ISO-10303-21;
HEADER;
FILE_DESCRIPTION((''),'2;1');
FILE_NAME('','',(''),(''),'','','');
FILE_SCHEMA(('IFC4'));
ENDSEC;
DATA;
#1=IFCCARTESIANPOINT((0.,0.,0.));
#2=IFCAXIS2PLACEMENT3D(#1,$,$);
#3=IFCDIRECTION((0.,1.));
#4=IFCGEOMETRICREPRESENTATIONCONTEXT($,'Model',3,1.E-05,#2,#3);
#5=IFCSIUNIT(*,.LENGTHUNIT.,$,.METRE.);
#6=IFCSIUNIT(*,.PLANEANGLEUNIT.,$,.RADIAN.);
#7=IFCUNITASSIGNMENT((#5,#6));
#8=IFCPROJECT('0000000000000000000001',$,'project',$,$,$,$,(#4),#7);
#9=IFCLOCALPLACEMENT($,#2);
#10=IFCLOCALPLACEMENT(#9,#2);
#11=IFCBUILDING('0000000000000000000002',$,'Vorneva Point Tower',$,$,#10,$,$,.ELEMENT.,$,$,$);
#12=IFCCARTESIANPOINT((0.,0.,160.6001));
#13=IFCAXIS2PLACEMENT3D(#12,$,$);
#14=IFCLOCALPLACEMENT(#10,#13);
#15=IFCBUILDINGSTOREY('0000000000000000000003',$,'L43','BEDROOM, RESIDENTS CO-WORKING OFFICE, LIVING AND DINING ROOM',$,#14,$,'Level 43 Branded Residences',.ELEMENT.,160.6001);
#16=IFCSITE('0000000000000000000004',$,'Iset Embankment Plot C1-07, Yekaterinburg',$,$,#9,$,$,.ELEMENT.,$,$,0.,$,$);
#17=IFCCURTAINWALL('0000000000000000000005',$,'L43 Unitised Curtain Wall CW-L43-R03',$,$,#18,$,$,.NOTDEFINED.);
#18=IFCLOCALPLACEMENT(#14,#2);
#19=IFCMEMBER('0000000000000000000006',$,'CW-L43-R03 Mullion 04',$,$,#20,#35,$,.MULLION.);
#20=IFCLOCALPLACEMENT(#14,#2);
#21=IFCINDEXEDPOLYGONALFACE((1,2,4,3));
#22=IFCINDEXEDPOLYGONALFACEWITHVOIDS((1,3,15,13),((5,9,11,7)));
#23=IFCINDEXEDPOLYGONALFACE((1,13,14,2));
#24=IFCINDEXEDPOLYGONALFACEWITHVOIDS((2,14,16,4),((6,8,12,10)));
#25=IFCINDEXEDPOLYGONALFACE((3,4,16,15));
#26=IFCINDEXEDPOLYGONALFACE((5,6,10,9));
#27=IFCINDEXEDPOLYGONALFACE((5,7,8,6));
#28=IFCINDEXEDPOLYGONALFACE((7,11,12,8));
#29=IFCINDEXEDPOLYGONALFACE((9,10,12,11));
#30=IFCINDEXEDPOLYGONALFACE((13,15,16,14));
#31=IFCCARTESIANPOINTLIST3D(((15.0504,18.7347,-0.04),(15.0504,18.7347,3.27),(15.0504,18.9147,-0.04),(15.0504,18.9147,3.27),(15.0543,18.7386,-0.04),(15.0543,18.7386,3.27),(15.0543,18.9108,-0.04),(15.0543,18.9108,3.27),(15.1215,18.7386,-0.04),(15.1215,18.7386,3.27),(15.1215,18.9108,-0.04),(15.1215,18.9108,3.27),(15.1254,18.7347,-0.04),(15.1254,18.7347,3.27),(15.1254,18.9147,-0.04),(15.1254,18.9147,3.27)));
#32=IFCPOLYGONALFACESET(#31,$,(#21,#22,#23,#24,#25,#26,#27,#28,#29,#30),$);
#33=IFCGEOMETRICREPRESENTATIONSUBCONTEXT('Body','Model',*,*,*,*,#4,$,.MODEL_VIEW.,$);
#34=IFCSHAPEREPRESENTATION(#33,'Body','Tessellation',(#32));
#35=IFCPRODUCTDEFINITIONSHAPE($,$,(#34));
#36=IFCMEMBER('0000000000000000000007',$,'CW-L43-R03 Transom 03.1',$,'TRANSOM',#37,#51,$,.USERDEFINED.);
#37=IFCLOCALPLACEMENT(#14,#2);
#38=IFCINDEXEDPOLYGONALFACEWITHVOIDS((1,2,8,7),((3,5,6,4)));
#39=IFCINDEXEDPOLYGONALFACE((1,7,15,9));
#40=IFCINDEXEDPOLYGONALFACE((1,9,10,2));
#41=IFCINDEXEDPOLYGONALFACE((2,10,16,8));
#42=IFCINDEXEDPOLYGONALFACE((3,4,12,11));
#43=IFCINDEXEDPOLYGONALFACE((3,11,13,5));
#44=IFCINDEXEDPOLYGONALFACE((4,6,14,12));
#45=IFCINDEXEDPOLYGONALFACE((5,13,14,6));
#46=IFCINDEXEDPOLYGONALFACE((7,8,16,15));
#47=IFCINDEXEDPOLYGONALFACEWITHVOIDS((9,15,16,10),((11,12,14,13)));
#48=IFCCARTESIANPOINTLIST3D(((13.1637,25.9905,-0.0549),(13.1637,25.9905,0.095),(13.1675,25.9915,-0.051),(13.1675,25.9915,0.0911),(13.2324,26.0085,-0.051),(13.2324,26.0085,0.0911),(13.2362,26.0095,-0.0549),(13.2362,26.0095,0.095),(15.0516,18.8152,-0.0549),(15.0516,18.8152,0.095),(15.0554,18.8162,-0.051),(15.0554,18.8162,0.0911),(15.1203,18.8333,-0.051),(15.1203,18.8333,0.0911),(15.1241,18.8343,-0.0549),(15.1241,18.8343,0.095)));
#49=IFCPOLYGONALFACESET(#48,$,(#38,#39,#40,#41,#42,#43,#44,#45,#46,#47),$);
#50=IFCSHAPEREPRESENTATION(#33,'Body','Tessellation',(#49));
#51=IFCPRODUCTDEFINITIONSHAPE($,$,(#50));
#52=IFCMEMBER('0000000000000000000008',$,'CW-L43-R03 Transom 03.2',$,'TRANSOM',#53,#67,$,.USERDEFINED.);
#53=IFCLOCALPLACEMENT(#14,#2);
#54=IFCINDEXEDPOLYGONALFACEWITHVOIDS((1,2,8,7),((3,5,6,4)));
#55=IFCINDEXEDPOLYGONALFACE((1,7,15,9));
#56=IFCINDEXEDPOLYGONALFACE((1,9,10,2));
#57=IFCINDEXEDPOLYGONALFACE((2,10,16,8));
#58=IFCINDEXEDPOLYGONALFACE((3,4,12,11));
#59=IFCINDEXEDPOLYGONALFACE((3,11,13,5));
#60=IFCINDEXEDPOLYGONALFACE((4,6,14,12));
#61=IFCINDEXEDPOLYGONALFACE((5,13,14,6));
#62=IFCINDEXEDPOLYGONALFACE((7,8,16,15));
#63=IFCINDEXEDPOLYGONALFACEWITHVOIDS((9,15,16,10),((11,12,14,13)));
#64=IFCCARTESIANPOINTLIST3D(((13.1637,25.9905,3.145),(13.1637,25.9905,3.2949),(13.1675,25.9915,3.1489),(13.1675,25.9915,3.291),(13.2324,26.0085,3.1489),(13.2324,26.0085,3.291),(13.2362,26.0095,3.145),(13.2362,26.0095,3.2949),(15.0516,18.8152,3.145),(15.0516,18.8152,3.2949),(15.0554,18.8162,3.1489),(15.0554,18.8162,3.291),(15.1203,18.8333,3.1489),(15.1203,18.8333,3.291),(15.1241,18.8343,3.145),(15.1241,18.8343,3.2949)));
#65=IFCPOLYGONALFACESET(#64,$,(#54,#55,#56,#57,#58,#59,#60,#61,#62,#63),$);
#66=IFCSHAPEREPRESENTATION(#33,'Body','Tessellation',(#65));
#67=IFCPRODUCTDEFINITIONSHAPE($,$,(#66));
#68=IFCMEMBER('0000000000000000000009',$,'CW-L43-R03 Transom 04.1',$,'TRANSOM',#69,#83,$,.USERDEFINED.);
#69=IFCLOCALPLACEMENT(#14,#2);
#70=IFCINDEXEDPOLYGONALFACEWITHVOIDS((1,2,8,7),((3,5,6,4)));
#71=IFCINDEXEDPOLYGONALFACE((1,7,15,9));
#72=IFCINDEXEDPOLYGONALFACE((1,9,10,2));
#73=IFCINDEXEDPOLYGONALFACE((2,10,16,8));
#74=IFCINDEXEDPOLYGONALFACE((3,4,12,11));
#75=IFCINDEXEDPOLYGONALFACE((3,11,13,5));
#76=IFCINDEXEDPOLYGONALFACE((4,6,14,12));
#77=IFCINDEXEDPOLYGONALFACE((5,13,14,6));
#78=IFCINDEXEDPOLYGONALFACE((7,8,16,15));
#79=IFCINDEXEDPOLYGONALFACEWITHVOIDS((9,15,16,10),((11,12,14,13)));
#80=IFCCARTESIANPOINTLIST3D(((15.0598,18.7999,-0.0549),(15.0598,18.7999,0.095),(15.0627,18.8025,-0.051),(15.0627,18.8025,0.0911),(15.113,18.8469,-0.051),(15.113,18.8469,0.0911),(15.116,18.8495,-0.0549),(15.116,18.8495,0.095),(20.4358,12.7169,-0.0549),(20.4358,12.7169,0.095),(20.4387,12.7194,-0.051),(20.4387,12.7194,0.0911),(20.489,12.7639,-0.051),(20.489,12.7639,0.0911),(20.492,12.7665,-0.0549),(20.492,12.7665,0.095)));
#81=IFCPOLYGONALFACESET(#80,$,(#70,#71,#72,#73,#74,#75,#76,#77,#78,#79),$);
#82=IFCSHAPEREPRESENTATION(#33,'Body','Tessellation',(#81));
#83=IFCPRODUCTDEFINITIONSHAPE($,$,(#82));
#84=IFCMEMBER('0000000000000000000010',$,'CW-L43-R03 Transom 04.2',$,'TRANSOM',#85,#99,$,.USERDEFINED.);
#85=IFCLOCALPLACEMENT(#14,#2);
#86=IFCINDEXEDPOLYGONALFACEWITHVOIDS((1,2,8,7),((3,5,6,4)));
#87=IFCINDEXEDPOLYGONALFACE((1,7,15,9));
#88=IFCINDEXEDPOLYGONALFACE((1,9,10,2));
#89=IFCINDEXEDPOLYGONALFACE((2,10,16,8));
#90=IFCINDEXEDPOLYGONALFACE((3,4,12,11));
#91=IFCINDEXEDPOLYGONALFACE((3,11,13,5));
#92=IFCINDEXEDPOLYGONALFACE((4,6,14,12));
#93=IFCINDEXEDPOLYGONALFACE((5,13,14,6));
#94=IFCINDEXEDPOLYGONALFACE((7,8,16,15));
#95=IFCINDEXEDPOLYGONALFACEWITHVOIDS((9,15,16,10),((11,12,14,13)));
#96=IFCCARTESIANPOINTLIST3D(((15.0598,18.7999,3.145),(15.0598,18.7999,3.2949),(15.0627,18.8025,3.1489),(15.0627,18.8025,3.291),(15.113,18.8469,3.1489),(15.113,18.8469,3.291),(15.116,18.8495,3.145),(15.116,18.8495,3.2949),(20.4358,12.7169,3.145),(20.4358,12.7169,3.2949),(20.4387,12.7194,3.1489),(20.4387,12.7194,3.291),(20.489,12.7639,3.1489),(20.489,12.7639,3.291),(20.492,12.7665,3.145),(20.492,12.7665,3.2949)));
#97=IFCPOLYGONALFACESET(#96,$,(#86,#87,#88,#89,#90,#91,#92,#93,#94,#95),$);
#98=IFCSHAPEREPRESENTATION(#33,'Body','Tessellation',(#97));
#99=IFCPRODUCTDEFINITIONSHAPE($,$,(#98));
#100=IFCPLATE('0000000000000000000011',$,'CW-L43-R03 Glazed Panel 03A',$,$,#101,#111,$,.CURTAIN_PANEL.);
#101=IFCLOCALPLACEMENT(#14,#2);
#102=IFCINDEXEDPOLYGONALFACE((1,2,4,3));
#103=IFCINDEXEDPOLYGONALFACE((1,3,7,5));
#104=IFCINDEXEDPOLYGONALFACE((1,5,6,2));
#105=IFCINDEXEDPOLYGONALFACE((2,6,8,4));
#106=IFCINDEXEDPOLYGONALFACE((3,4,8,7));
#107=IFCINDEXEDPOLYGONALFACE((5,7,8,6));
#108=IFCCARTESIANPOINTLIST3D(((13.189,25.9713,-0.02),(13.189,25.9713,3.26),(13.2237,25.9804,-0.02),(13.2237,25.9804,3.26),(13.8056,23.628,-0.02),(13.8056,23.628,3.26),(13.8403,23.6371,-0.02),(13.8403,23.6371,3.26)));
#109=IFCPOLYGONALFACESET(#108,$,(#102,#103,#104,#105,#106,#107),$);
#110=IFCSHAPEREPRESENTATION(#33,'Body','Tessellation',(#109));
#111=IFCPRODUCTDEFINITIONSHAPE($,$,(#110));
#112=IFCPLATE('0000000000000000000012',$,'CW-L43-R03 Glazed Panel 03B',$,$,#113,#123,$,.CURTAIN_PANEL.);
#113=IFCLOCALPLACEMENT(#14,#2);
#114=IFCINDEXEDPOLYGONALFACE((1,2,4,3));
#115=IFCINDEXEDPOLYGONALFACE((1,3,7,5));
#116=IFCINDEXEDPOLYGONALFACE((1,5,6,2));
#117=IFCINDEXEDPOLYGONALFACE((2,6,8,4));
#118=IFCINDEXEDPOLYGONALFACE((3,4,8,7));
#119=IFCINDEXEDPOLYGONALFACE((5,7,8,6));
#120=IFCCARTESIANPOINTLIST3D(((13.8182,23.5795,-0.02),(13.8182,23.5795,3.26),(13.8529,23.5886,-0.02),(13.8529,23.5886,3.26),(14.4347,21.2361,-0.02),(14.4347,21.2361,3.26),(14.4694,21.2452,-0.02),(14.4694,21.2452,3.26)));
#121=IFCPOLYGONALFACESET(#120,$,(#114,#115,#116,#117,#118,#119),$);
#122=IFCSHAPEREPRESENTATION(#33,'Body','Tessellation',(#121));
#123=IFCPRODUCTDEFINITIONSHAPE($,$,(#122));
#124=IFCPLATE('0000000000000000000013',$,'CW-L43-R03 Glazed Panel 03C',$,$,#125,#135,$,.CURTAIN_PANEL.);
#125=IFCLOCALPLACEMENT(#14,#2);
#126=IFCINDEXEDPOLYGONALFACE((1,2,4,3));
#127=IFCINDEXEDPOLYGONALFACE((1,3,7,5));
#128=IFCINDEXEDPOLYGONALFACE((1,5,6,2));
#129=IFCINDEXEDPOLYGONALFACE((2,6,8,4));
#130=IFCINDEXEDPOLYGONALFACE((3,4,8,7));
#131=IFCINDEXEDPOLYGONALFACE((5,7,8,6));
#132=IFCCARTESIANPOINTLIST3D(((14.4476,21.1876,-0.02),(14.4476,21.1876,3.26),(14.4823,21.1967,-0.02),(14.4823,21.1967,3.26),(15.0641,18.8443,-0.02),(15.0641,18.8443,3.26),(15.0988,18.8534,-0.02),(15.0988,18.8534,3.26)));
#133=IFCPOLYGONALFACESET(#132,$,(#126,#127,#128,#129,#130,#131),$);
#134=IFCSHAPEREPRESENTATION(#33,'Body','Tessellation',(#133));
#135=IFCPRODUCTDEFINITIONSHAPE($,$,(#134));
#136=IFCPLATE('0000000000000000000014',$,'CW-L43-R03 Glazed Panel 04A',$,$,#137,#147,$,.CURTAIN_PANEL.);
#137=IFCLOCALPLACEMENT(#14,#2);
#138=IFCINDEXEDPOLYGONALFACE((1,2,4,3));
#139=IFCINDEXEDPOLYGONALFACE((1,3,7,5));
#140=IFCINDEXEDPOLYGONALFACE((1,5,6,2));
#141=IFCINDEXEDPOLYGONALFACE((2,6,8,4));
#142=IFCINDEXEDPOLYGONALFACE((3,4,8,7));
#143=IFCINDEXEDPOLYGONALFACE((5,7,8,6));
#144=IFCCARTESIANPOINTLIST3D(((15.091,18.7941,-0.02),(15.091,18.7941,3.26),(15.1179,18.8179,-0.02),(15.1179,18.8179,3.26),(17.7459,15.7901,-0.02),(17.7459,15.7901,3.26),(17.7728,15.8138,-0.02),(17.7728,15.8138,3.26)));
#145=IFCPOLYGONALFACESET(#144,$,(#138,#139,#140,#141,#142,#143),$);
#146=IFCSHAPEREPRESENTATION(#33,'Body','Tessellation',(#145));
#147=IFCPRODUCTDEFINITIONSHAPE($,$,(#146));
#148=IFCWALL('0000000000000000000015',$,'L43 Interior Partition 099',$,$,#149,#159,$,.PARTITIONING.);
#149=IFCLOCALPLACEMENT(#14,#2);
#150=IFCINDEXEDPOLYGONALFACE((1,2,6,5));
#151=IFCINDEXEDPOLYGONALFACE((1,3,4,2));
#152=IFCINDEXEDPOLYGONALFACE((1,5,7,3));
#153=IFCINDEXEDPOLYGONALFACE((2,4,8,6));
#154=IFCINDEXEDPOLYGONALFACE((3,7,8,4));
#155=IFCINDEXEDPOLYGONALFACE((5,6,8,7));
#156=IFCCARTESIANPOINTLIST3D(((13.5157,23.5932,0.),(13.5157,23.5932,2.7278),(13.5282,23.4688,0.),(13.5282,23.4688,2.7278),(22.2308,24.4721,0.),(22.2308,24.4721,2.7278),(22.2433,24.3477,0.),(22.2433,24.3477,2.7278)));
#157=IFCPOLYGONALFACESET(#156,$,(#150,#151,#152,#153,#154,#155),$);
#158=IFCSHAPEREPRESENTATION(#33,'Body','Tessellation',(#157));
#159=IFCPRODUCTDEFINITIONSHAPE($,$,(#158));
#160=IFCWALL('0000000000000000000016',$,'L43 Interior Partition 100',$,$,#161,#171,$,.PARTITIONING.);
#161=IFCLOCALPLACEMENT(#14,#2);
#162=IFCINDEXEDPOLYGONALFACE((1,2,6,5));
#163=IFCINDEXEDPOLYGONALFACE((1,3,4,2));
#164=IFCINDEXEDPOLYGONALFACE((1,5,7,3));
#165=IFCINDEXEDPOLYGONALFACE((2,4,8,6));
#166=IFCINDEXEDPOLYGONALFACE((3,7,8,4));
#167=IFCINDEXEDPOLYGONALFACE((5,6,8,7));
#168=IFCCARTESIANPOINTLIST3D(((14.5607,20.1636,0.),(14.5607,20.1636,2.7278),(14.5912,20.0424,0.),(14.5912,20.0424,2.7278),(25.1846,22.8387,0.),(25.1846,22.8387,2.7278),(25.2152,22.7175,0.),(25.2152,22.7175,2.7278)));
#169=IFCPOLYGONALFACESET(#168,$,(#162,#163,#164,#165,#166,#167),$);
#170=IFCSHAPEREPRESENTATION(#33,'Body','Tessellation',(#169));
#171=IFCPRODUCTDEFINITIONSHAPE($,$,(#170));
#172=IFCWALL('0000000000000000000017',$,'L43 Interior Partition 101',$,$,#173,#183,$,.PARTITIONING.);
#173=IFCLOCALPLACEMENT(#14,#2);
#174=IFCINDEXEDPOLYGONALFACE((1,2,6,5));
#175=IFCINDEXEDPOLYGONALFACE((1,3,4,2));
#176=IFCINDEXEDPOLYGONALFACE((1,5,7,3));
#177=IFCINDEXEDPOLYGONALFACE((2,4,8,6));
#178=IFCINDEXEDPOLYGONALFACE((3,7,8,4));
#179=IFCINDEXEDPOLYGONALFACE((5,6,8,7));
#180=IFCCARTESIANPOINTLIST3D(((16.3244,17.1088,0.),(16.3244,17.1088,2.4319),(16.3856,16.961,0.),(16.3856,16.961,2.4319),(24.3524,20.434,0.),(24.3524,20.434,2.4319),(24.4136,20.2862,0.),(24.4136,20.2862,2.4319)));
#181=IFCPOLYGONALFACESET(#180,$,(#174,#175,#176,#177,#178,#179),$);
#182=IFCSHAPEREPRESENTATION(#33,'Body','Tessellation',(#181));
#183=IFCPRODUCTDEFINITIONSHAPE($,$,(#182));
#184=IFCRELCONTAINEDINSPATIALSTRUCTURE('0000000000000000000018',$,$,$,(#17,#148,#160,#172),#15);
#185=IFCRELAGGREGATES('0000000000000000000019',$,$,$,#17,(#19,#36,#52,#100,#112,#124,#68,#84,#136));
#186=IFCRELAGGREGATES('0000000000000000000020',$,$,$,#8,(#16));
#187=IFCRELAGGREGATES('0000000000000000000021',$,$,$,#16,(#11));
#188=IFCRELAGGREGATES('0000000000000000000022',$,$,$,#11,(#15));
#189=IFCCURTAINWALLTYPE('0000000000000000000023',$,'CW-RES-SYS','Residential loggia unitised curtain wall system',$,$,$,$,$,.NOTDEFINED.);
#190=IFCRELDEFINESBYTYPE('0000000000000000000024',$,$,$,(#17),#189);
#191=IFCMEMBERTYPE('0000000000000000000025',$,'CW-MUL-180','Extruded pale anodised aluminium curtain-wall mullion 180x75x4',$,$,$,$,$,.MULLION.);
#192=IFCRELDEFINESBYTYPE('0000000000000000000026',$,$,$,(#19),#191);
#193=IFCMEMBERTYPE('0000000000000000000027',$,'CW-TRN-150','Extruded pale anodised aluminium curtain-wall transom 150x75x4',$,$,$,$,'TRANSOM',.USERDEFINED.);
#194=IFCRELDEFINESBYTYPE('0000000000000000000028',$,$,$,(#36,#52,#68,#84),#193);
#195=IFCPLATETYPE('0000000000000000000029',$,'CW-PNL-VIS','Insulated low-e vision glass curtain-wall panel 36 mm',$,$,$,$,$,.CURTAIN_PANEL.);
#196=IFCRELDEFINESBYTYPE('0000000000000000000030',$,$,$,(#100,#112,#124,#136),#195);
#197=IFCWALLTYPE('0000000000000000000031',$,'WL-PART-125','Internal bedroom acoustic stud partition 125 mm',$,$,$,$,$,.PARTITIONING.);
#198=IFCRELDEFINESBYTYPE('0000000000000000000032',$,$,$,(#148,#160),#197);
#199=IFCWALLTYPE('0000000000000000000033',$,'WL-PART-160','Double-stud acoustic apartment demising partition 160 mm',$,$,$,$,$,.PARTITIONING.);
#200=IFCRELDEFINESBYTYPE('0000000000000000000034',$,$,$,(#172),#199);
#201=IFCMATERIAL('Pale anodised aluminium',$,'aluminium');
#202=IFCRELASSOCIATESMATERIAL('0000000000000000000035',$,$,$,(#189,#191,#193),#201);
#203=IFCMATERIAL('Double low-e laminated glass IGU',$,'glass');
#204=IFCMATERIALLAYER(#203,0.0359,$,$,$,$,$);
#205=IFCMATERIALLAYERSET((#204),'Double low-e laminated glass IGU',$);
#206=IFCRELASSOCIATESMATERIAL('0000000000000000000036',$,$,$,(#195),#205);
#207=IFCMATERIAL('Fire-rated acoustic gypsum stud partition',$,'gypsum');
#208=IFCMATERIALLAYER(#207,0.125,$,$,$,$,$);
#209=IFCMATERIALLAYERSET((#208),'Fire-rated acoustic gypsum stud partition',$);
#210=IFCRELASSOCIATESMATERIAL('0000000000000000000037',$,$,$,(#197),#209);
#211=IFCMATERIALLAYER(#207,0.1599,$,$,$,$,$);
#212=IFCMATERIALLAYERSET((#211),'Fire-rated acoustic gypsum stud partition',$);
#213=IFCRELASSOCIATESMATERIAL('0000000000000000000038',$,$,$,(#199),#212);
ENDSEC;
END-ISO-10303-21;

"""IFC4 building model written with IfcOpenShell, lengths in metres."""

from ifc_helpers import new_model, si_unit, direction, frame, frame_2d, origin, origin_2d, place, context, subcontext, project, spatial, rectangle, hollow_rectangle, extrude, material, layer, layer_set, material_profile, profile_set, type_object, element, aggregate, save


model = new_model("IFC4")

# Units and contexts
model_context = context("Model", 3, precision=1e-05, world=origin(), true_north=direction((0.0, 1.0)))
body_context = subcontext(model_context, "Body", "Model", "MODEL_VIEW")
ifc_project = project(units=[si_unit("LENGTHUNIT", "METRE"), si_unit("PLANEANGLEUNIT", "RADIAN")], contexts=[model_context])

# Site, building, storey
site_placement = place(None, origin())
site = spatial("IfcSite", under=ifc_project, at=site_placement, Name="Iset Embankment Plot C1-07, Yekaterinburg", CompositionType="ELEMENT", RefElevation=0.0)
building_placement = place(site_placement, origin())
building = spatial("IfcBuilding", under=site, at=building_placement, Name="Vorneva Point Tower", CompositionType="ELEMENT")
storey_placement = place(building_placement, frame((0.0, 0.0, 160.6001)))
storey = spatial("IfcBuildingStorey", under=building, at=storey_placement, Name="L43", Description="BEDROOM, RESIDENTS CO-WORKING OFFICE, LIVING AND DINING ROOM", LongName="Level 43 Branded Residences", CompositionType="ELEMENT", Elevation=160.6001)

# Curtain wall, members, plates
ifc_material_1 = material(Name="Pale anodised aluminium", Category="aluminium")
curtain_wall_type = type_object("IfcCurtainWallType", Name="CW-RES-SYS", Description="Residential loggia unitised curtain wall system", PredefinedType="NOTDEFINED", material=ifc_material_1)
curtain_wall_placement = place(storey_placement, origin())
curtain_wall = element("IfcCurtainWall", 1, at=curtain_wall_placement, inside=storey, type_object=curtain_wall_type, Name="L43 Unitised Curtain Wall CW-L43-R03", PredefinedType="NOTDEFINED")
ifc_material_profile_1 = material_profile(ifc_material_1, hollow_rectangle(XDim=0.075, YDim=0.1799, WallThickness=0.0039, at=origin_2d()), Name="AL-MUL 180x75x4")
ifc_profile_set_1 = profile_set([ifc_material_profile_1], Name="Pale anodised aluminium")
member_type_1 = type_object("IfcMemberType", Name="CW-MUL-180", Description="Extruded pale anodised aluminium curtain-wall mullion 180x75x4", PredefinedType="MULLION", material=ifc_profile_set_1)
member_1_placement = place(storey_placement, frame((15.0879, 18.8247, -0.04), z_axis=(0.0, 0.0, 1.0), x_axis=(1.0, 0.0, 0.0)))
member_1 = element("IfcMember", 2, at=member_1_placement, type_object=member_type_1, Name="CW-L43-R03 Mullion 04", PredefinedType="MULLION", context=body_context, shape_type="SweptSolid", body=[
    extrude(hollow_rectangle(XDim=0.075, YDim=0.1799, WallThickness=0.0039, at=origin_2d()), origin(), (0.0, 0.0, 1.0), 3.3101),
])
ifc_material_profile_2 = material_profile(ifc_material_1, hollow_rectangle(XDim=0.075, YDim=0.1499, WallThickness=0.0039, at=origin_2d()), Name="AL-TRN 150x75x4")
ifc_profile_set_2 = profile_set([ifc_material_profile_2], Name="Pale anodised aluminium")
member_type_2 = type_object("IfcMemberType", Name="CW-TRN-150", Description="Extruded pale anodised aluminium curtain-wall transom 150x75x4", ElementType="TRANSOM", PredefinedType="USERDEFINED", material=ifc_profile_set_2)
member_2_placement = place(storey_placement, frame((13.2, 26.0, 0.02), z_axis=(0.254456, -0.967084, 0.0), x_axis=(0.967084, 0.254456, 0.0)))
member_2 = element("IfcMember", 3, at=member_2_placement, type_object=member_type_2, Name="CW-L43-R03 Transom 03.1", ObjectType="TRANSOM", PredefinedType="USERDEFINED", context=body_context, shape_type="SweptSolid", body=[
    extrude(hollow_rectangle(XDim=0.075, YDim=0.1499, WallThickness=0.0039, at=origin_2d()), origin(), (0.0, 0.0, 1.0), 7.4194),
])
member_3_placement = place(storey_placement, frame((13.2, 26.0, 3.22), z_axis=(0.254456, -0.967084, 0.0), x_axis=(0.967084, 0.254456, 0.0)))
member_3 = element("IfcMember", 4, at=member_3_placement, type_object=member_type_2, Name="CW-L43-R03 Transom 03.2", ObjectType="TRANSOM", PredefinedType="USERDEFINED", context=body_context, shape_type="SweptSolid", body=[
    extrude(hollow_rectangle(XDim=0.075, YDim=0.1499, WallThickness=0.0039, at=origin_2d()), origin(), (0.0, 0.0, 1.0), 7.4194),
])
member_4_placement = place(storey_placement, frame((15.0879, 18.8247, 0.02), z_axis=(0.662218, -0.749311, 0.0), x_axis=(0.749311, 0.662218, 0.0)))
member_4 = element("IfcMember", 5, at=member_4_placement, type_object=member_type_2, Name="CW-L43-R03 Transom 04.1", ObjectType="TRANSOM", PredefinedType="USERDEFINED", context=body_context, shape_type="SweptSolid", body=[
    extrude(hollow_rectangle(XDim=0.075, YDim=0.1499, WallThickness=0.0039, at=origin_2d()), origin(), (0.0, 0.0, 1.0), 8.1182),
])
member_5_placement = place(storey_placement, frame((15.0879, 18.8247, 3.22), z_axis=(0.662218, -0.749311, 0.0), x_axis=(0.749311, 0.662218, 0.0)))
member_5 = element("IfcMember", 6, at=member_5_placement, type_object=member_type_2, Name="CW-L43-R03 Transom 04.2", ObjectType="TRANSOM", PredefinedType="USERDEFINED", context=body_context, shape_type="SweptSolid", body=[
    extrude(hollow_rectangle(XDim=0.075, YDim=0.1499, WallThickness=0.0039, at=origin_2d()), origin(), (0.0, 0.0, 1.0), 8.1182),
])
ifc_material_2 = material(Name="Double low-e laminated glass IGU", Category="glass")
ifc_layer_1 = layer(ifc_material_2, 0.0359)
ifc_layer_set_1 = layer_set([ifc_layer_1], Name="Double low-e laminated glass IGU")
plate_type = type_object("IfcPlateType", Name="CW-PNL-VIS", Description="Insulated low-e vision glass curtain-wall panel 36 mm", PredefinedType="CURTAIN_PANEL", material=ifc_layer_set_1)
plate_1_placement = place(storey_placement, frame((13.5146, 24.8042, -0.02), z_axis=(0.0, 0.0, 1.0), x_axis=(0.254433, -0.96709, 0.0)))
plate_1 = element("IfcPlate", 7, at=plate_1_placement, type_object=plate_type, Name="CW-L43-R03 Glazed Panel 03A", PredefinedType="CURTAIN_PANEL", context=body_context, shape_type="SweptSolid", body=[
    extrude(rectangle(XDim=2.4231, YDim=0.0359, at=origin_2d()), origin(), (0.0, 0.0, 1.0), 3.28),
])
plate_2_placement = place(storey_placement, frame((14.1438, 22.4124, -0.02), z_axis=(0.0, 0.0, 1.0), x_axis=(0.254433, -0.96709, 0.0)))
plate_2 = element("IfcPlate", 8, at=plate_2_placement, type_object=plate_type, Name="CW-L43-R03 Glazed Panel 03B", PredefinedType="CURTAIN_PANEL", context=body_context, shape_type="SweptSolid", body=[
    extrude(rectangle(XDim=2.4231, YDim=0.0359, at=origin_2d()), origin(), (0.0, 0.0, 1.0), 3.28),
])
plate_3_placement = place(storey_placement, frame((14.7732, 20.0205, -0.02), z_axis=(0.0, 0.0, 1.0), x_axis=(0.254433, -0.96709, 0.0)))
plate_3 = element("IfcPlate", 9, at=plate_3_placement, type_object=plate_type, Name="CW-L43-R03 Glazed Panel 03C", PredefinedType="CURTAIN_PANEL", context=body_context, shape_type="SweptSolid", body=[
    extrude(rectangle(XDim=2.4231, YDim=0.0359, at=origin_2d()), origin(), (0.0, 0.0, 1.0), 3.28),
])
plate_4_placement = place(storey_placement, frame((16.4319, 17.304, -0.02), z_axis=(0.0, 0.0, 1.0), x_axis=(0.662215, -0.749314, 0.0)))
plate_4 = element("IfcPlate", 10, at=plate_4_placement, type_object=plate_type, Name="CW-L43-R03 Glazed Panel 04A", PredefinedType="CURTAIN_PANEL", context=body_context, shape_type="SweptSolid", body=[
    extrude(rectangle(XDim=4.009, YDim=0.0359, at=origin_2d()), origin(), (0.0, 0.0, 1.0), 3.28),
])
aggregate(curtain_wall, [member_1, member_2, member_3, plate_1, plate_2, plate_3, member_4, member_5, plate_4])

# Walls
ifc_material_3 = material(Name="Fire-rated acoustic gypsum stud partition", Category="gypsum")
ifc_layer_2 = layer(ifc_material_3, 0.125)
ifc_layer_set_2 = layer_set([ifc_layer_2], Name="Fire-rated acoustic gypsum stud partition")
wall_type_1 = type_object("IfcWallType", Name="WL-PART-125", Description="Internal bedroom acoustic stud partition 125 mm", PredefinedType="PARTITIONING", material=ifc_layer_set_2)
wall_1_placement = place(storey_placement, frame((13.522, 23.531, 0.0), z_axis=(0.0, 0.0, 1.0), x_axis=(0.994953, 0.10034, 0.0)))
element("IfcWall", 11, at=wall_1_placement, inside=storey, type_object=wall_type_1, Name="L43 Interior Partition 099", PredefinedType="PARTITIONING", context=body_context, shape_type="SweptSolid", body=[
    extrude(rectangle(XDim=8.7593, YDim=0.125, at=frame_2d((4.3796, 0.0))), origin(), (0.0, 0.0, 1.0), 2.7278),
])
wall_2_placement = place(storey_placement, frame((14.5759, 20.103, 0.0), z_axis=(0.0, 0.0, 1.0), x_axis=(0.969732, 0.244171, 0.0)))
element("IfcWall", 12, at=wall_2_placement, inside=storey, type_object=wall_type_1, Name="L43 Interior Partition 100", PredefinedType="PARTITIONING", context=body_context, shape_type="SweptSolid", body=[
    extrude(rectangle(XDim=10.9556, YDim=0.125, at=frame_2d((5.4778, 0.0))), origin(), (0.0, 0.0, 1.0), 2.7278),
])
ifc_layer_3 = layer(ifc_material_3, 0.1599)
ifc_layer_set_3 = layer_set([ifc_layer_3], Name="Fire-rated acoustic gypsum stud partition")
wall_type_2 = type_object("IfcWallType", Name="WL-PART-160", Description="Double-stud acoustic apartment demising partition 160 mm", PredefinedType="PARTITIONING", material=ifc_layer_set_3)
wall_3_placement = place(storey_placement, frame((16.355, 17.0349, 0.0), z_axis=(0.0, 0.0, 1.0), x_axis=(0.923885, 0.382669, 0.0)))
element("IfcWall", 13, at=wall_3_placement, inside=storey, type_object=wall_type_2, Name="L43 Interior Partition 101", PredefinedType="PARTITIONING", context=body_context, shape_type="SweptSolid", body=[
    extrude(rectangle(XDim=8.6895, YDim=0.1599, at=frame_2d((4.3447, 0.0))), origin(), (0.0, 0.0, 1.0), 2.4319),
])

save(model, "model.ifc")
